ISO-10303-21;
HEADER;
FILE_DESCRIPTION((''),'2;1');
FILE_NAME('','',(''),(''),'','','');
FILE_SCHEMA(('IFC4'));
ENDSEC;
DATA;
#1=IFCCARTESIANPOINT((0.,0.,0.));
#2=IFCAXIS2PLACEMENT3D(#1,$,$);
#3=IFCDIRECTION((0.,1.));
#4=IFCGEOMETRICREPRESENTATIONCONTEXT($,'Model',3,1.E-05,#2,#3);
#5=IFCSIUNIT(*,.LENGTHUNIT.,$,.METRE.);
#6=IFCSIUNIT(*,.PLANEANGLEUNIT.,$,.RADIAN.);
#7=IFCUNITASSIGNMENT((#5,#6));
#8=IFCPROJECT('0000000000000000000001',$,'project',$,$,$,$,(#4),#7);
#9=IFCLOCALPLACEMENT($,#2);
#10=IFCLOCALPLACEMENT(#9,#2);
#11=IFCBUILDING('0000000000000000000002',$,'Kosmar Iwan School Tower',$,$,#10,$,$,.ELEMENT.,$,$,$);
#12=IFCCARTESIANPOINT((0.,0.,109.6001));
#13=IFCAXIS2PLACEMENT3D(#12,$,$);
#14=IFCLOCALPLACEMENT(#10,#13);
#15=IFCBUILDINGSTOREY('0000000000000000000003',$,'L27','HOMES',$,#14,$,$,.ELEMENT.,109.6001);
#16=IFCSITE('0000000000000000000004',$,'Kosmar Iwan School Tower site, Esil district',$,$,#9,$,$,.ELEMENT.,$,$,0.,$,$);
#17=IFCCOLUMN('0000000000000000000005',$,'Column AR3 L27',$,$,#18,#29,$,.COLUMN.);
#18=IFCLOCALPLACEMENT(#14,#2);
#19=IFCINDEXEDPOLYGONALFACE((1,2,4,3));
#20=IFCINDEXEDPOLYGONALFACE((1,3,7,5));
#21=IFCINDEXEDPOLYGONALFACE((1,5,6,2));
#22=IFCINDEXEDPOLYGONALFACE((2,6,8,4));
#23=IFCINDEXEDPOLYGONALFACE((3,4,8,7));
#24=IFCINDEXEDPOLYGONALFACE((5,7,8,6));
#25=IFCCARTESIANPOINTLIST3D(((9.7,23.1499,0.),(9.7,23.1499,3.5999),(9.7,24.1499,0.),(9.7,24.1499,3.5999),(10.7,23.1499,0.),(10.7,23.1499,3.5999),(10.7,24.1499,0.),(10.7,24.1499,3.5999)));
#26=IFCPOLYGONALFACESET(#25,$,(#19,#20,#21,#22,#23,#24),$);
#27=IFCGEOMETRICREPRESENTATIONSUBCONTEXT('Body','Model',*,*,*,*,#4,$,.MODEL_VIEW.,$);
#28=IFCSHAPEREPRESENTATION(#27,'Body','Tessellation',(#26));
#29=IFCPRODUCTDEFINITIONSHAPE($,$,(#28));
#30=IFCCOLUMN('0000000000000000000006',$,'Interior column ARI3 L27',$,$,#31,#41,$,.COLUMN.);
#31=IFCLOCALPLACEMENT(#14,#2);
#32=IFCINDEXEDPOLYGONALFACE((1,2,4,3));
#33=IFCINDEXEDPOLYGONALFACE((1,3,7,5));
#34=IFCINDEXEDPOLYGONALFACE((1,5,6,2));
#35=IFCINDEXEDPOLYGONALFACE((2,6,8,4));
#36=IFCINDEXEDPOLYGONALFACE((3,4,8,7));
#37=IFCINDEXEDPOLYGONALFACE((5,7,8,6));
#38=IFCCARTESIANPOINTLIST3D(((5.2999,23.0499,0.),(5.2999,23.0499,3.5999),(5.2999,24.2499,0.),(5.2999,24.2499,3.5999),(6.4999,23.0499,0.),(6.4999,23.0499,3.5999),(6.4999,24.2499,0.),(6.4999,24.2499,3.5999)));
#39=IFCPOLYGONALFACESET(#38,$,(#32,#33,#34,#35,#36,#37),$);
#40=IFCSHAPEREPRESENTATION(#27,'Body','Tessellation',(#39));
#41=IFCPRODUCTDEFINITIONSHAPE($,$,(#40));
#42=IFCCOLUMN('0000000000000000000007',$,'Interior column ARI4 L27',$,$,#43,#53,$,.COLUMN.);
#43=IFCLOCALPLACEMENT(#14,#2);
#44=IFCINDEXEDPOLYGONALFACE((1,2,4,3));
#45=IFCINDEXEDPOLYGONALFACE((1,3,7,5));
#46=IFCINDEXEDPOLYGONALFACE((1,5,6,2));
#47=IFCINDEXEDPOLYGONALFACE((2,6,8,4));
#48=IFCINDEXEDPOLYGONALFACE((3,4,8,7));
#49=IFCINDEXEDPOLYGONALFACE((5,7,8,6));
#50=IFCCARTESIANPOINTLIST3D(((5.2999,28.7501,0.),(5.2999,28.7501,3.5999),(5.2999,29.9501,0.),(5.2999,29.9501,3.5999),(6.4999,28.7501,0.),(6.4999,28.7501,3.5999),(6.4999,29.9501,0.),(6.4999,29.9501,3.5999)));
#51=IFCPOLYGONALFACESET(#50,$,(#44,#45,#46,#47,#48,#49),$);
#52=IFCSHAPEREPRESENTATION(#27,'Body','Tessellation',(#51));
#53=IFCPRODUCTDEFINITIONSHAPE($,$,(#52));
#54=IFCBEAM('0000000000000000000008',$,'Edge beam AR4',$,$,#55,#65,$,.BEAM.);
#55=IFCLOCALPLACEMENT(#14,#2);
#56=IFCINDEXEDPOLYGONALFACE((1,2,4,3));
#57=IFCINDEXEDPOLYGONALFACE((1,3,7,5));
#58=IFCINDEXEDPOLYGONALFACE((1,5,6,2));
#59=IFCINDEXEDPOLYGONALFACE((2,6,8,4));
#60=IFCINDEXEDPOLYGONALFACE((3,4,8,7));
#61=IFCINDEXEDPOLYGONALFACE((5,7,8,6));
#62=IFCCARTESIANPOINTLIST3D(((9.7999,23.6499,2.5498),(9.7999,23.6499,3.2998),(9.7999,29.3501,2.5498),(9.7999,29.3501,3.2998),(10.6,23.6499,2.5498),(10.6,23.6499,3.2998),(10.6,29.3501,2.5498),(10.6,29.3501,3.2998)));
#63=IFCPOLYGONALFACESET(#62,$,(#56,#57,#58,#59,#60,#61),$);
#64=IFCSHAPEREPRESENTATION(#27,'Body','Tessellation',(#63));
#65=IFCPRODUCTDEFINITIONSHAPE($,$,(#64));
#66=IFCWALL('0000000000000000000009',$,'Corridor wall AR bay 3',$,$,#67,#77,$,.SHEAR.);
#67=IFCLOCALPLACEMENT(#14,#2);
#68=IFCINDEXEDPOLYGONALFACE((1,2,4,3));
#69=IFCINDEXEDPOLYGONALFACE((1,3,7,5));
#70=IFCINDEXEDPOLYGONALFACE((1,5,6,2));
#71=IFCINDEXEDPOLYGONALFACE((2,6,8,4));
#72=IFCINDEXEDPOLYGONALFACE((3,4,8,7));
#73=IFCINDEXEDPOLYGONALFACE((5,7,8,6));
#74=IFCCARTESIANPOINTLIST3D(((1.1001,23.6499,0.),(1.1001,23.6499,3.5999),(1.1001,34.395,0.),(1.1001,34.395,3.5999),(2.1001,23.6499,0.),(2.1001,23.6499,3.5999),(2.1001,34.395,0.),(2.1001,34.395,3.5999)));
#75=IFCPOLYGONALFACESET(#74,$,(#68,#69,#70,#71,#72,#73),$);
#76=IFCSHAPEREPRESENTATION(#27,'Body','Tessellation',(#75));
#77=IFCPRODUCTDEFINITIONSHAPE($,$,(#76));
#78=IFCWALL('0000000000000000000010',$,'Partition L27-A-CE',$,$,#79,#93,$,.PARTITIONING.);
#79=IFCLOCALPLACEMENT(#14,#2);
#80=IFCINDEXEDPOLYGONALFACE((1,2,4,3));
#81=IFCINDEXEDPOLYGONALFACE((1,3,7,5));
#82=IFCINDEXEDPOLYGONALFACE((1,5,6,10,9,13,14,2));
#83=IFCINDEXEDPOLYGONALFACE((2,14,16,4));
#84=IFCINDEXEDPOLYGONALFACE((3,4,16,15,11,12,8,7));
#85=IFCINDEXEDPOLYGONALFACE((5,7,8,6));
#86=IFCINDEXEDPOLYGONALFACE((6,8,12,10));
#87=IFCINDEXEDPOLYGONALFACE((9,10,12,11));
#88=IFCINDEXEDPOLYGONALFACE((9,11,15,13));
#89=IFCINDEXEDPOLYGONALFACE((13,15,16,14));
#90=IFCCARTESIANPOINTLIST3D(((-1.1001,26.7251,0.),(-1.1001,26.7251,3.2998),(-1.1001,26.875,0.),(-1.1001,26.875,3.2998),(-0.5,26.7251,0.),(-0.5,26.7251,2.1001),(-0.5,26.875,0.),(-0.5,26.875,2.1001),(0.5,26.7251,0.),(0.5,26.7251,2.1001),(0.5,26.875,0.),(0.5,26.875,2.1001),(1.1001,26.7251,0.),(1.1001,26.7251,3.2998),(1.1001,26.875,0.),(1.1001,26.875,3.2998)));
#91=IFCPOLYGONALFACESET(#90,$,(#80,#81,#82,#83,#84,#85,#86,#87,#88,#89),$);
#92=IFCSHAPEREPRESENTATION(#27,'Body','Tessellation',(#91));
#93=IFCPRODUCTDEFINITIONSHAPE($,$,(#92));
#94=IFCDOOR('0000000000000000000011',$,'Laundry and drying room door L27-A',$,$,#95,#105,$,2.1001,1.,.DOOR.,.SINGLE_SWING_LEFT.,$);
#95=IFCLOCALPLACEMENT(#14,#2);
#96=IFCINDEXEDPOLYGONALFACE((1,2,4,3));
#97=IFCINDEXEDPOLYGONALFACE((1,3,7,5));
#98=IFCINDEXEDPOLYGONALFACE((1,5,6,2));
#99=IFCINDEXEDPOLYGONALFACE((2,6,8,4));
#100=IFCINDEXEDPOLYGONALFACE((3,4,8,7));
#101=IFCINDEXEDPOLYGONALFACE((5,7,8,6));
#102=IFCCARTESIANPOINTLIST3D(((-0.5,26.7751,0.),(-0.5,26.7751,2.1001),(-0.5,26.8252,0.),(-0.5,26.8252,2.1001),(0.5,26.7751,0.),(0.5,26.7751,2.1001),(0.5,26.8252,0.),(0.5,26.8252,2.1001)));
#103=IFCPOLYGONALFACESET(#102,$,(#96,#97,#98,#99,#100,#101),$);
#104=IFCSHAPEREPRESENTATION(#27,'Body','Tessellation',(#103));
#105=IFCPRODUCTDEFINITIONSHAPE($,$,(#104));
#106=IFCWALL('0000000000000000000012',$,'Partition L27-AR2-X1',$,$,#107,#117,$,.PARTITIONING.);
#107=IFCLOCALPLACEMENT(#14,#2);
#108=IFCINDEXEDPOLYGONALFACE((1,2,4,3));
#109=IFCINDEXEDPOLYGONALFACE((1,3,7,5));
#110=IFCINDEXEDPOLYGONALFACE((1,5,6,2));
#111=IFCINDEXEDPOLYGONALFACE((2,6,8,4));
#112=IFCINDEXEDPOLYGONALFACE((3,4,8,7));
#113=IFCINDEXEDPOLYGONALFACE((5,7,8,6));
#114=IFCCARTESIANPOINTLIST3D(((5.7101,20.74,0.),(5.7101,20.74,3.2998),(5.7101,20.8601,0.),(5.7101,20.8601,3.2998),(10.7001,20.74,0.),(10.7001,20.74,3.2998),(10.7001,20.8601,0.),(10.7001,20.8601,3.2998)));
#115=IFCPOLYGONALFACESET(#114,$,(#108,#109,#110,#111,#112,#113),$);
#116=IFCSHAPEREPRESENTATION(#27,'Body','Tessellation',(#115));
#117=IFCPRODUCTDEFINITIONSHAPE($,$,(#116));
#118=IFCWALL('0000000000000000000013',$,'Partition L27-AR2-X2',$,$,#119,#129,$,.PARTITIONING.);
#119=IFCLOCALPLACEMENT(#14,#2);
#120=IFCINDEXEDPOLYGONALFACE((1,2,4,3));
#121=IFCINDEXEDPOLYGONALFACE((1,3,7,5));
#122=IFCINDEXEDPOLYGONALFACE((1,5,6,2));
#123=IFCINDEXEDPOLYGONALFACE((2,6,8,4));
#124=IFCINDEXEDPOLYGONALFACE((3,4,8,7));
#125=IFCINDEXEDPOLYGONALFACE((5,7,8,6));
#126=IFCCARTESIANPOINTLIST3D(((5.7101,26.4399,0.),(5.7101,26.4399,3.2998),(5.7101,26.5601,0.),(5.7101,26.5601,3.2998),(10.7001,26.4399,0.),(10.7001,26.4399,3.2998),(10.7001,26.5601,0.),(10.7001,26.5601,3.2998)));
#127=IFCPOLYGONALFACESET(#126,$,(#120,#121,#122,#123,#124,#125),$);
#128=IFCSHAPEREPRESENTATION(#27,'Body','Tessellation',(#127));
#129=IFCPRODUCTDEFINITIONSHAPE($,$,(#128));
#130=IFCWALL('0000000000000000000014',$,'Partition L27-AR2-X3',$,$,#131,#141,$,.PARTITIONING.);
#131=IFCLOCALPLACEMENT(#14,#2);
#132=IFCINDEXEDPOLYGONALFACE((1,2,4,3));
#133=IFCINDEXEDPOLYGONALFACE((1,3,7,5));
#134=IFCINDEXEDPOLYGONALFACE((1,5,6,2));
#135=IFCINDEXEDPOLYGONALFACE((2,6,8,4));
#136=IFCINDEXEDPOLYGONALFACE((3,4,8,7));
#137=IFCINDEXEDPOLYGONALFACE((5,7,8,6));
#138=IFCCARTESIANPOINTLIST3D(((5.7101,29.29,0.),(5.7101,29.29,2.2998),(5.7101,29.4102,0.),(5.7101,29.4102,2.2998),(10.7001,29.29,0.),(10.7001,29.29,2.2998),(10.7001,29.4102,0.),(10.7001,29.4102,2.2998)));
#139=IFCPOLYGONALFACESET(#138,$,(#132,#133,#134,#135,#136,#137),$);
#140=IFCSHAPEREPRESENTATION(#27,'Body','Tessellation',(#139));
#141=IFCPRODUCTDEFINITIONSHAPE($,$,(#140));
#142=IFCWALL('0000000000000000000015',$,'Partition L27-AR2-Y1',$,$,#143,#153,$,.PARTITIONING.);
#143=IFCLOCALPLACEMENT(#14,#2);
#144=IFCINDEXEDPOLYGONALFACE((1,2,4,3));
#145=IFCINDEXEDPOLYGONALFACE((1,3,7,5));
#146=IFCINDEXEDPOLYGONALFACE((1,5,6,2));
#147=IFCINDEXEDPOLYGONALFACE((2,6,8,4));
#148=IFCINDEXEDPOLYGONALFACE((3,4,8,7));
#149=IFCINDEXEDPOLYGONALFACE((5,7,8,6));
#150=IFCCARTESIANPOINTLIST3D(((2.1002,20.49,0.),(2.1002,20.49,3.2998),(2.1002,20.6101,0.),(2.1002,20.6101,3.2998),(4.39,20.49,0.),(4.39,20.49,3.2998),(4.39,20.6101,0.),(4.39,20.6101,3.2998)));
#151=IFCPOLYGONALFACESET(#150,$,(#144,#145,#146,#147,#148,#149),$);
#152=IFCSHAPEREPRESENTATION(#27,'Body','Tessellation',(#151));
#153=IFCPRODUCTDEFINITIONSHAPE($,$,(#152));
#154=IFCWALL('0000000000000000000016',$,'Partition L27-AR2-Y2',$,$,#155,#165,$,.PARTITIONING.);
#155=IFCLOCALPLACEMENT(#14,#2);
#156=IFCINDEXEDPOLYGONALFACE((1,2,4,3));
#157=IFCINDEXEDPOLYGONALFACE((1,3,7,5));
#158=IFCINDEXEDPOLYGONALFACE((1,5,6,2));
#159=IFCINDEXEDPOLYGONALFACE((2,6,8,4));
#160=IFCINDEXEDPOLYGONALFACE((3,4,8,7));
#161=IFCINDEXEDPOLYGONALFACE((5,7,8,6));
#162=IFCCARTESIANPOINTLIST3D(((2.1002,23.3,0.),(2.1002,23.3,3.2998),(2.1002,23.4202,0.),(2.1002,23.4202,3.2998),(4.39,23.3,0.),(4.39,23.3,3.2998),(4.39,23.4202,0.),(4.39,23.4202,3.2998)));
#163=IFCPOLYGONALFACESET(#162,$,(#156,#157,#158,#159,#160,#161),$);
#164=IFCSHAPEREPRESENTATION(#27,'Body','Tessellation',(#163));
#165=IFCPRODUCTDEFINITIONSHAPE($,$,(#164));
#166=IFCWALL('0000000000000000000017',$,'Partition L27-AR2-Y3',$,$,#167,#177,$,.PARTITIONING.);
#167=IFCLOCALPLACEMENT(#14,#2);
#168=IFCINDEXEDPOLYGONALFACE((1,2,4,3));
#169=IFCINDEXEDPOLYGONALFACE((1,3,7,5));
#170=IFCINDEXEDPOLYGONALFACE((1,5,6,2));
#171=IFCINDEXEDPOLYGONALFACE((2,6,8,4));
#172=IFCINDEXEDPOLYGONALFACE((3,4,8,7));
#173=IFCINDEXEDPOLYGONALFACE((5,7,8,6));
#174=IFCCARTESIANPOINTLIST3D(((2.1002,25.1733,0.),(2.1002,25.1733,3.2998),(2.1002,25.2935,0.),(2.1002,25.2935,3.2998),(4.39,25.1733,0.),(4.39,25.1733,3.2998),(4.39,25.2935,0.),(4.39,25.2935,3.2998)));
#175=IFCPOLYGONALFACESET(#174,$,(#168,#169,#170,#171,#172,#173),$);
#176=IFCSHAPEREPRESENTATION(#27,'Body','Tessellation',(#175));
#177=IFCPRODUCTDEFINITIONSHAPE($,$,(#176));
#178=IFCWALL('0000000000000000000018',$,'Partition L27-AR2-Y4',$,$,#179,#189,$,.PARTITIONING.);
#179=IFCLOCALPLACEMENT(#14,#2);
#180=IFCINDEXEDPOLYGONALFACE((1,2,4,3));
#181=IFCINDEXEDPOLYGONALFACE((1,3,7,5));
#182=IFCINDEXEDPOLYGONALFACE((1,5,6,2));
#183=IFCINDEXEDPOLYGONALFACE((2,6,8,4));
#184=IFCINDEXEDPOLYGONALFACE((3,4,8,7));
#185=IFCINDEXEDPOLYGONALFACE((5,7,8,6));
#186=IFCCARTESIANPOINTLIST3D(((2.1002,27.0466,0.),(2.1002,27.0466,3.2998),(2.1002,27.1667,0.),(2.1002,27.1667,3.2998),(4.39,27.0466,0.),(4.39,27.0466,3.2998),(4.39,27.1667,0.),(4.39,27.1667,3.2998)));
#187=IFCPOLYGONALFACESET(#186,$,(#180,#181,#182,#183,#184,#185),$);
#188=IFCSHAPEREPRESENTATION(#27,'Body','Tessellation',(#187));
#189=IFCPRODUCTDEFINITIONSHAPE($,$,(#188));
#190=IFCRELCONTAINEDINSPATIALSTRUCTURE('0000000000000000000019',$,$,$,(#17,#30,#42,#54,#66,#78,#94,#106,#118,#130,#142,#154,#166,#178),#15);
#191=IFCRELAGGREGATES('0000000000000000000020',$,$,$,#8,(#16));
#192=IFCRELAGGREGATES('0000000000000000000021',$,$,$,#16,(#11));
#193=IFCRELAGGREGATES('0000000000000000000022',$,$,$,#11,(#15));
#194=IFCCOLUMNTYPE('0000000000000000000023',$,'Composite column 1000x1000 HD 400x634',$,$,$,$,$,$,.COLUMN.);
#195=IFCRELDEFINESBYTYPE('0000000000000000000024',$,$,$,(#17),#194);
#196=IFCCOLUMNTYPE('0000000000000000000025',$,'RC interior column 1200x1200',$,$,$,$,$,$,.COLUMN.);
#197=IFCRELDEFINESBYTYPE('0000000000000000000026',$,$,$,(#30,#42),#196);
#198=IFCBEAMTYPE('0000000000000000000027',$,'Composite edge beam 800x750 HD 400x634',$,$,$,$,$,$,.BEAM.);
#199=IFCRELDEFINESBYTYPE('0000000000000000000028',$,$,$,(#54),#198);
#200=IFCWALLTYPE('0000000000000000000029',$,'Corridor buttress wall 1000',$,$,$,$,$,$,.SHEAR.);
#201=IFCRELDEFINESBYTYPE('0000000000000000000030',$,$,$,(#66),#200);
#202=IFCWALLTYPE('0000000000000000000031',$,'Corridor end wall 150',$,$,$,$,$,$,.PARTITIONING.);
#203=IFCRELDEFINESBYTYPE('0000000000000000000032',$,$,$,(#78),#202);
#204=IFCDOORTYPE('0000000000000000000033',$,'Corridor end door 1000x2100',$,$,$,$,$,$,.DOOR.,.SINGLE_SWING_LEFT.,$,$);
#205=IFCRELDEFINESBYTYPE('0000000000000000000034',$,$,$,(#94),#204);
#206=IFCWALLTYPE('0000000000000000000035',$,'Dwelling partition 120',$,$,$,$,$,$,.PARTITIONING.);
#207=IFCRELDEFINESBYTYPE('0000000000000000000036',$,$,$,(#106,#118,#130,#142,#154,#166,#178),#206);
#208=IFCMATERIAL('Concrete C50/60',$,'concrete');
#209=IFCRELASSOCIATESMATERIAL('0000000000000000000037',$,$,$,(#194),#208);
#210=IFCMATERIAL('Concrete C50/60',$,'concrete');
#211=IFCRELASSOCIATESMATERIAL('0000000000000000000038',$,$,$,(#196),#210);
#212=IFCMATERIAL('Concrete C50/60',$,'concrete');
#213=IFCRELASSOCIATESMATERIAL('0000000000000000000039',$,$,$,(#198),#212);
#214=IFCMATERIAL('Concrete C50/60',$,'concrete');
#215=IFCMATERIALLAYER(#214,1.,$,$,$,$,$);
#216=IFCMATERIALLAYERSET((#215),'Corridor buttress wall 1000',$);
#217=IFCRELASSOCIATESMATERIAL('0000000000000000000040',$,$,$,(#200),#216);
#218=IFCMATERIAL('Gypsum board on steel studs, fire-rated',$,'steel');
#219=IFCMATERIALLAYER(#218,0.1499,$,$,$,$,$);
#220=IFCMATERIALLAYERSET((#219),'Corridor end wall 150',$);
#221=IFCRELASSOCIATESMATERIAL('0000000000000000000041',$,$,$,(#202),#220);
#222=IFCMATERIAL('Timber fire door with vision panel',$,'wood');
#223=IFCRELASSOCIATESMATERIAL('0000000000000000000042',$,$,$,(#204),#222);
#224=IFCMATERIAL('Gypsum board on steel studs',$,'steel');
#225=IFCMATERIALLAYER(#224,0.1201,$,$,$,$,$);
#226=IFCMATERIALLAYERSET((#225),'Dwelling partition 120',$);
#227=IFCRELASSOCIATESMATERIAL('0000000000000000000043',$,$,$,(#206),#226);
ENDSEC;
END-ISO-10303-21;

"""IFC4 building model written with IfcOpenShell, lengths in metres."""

from ifc_helpers import new_model, si_unit, direction, frame, frame_2d, origin, origin_2d, place, context, subcontext, project, spatial, rectangle, extrude, material, layer, layer_set, material_profile, profile_set, type_object, element, fill, save


model = new_model("IFC4")

# Units and contexts
model_context = context("Model", 3, precision=1e-05, world=origin(), true_north=direction((0.0, 1.0)))
body_context = subcontext(model_context, "Body", "Model", "MODEL_VIEW")
ifc_project = project(units=[si_unit("LENGTHUNIT", "METRE"), si_unit("PLANEANGLEUNIT", "RADIAN")], contexts=[model_context])

# Site, building, storey
site_placement = place(None, origin())
site = spatial("IfcSite", under=ifc_project, at=site_placement, Name="Kosmar Iwan School Tower site, Esil district", CompositionType="ELEMENT", RefElevation=0.0)
building_placement = place(site_placement, origin())
building = spatial("IfcBuilding", under=site, at=building_placement, Name="Kosmar Iwan School Tower", CompositionType="ELEMENT")
storey_placement = place(building_placement, frame((0.0, 0.0, 109.6001)))
storey = spatial("IfcBuildingStorey", under=building, at=storey_placement, Name="L27", Description="HOMES", CompositionType="ELEMENT", Elevation=109.6001)

# Columns
ifc_material_1 = material(Name="Concrete C50/60", Category="concrete")
ifc_material_profile_1 = material_profile(ifc_material_1, rectangle(XDim=1.0, YDim=1.0, at=origin_2d()), Name="RC 1000x1000 + HD 400x634")
ifc_profile_set_1 = profile_set([ifc_material_profile_1], Name="Concrete C50/60")
column_type_1 = type_object("IfcColumnType", Name="Composite column 1000x1000 HD 400x634", PredefinedType="COLUMN", material=ifc_profile_set_1)
column_placement = place(storey_placement, frame((10.2, 23.6499, 0.0), z_axis=(0.0, 0.0, 1.0), x_axis=(0.0, 1.0, 0.0)))
element("IfcColumn", 1, at=column_placement, inside=storey, type_object=column_type_1, Name="Column AR3 L27", PredefinedType="COLUMN", context=body_context, shape_type="SweptSolid", body=[
    extrude(rectangle(XDim=1.0, YDim=1.0, at=origin_2d()), origin(), (0.0, 0.0, 1.0), 3.5999),
])
ifc_material_2 = material(Name="Concrete C50/60", Category="concrete")
ifc_material_profile_2 = material_profile(ifc_material_2, rectangle(XDim=1.2, YDim=1.2, at=origin_2d()), Name="RC 1200x1200")
ifc_profile_set_2 = profile_set([ifc_material_profile_2], Name="Concrete C50/60")
column_type_2 = type_object("IfcColumnType", Name="RC interior column 1200x1200", PredefinedType="COLUMN", material=ifc_profile_set_2)
for number, where, z_axis, x_axis, name in (
    (2, (5.8999, 23.6499, 0.0), (0.0, 0.0, 1.0), (0.0, 1.0, 0.0), "Interior column ARI3 L27"),
    (3, (5.8999, 29.3501, 0.0), (0.0, 0.0, 1.0), (0.0, 1.0, 0.0), "Interior column ARI4 L27"),
):
    element("IfcColumn", number, at=place(storey_placement, frame(where, z_axis=z_axis, x_axis=x_axis)), inside=storey, type_object=column_type_2, Name=name, PredefinedType="COLUMN", context=body_context, shape_type="SweptSolid", body=[
        extrude(rectangle(XDim=1.2, YDim=1.2, at=origin_2d()), origin(), (0.0, 0.0, 1.0), 3.5999),
    ])

# Beam
ifc_material_3 = material(Name="Concrete C50/60", Category="concrete")
ifc_material_profile_3 = material_profile(ifc_material_3, rectangle(XDim=0.8, YDim=0.75, at=origin_2d()), Name="RC 800x750 + HD 400x634")
ifc_profile_set_3 = profile_set([ifc_material_profile_3], Name="Concrete C50/60")
beam_type = type_object("IfcBeamType", Name="Composite edge beam 800x750 HD 400x634", PredefinedType="BEAM", material=ifc_profile_set_3)
beam_placement = place(storey_placement, frame((10.2, 23.6499, 2.9248), z_axis=(0.0, 1.0, 0.0), x_axis=(-1.0, 0.0, 0.0)))
element("IfcBeam", 4, at=beam_placement, inside=storey, type_object=beam_type, Name="Edge beam AR4", PredefinedType="BEAM", context=body_context, shape_type="SweptSolid", body=[
    extrude(rectangle(XDim=0.8, YDim=0.75, at=origin_2d()), origin(), (0.0, 0.0, 1.0), 5.7002),
])

# Wall
ifc_material_4 = material(Name="Concrete C50/60", Category="concrete")
ifc_layer_1 = layer(ifc_material_4, 1.0)
ifc_layer_set_1 = layer_set([ifc_layer_1], Name="Corridor buttress wall 1000")
wall_type_1 = type_object("IfcWallType", Name="Corridor buttress wall 1000", PredefinedType="SHEAR", material=ifc_layer_set_1)
wall_1_placement = place(storey_placement, frame((1.6001, 23.6499, 0.0), z_axis=(0.0, 0.0, 1.0), x_axis=(0.0, 1.0, 0.0)))
element("IfcWall", 5, at=wall_1_placement, inside=storey, type_object=wall_type_1, Name="Corridor wall AR bay 3", PredefinedType="SHEAR", context=body_context, shape_type="SweptSolid", body=[
    extrude(rectangle(XDim=10.7451, YDim=1.0, at=frame_2d((5.3726, 0.0))), origin(), (0.0, 0.0, 1.0), 3.5999),
])

# Wall, opening, door
ifc_material_5 = material(Name="Gypsum board on steel studs, fire-rated", Category="steel")
ifc_layer_2 = layer(ifc_material_5, 0.1499)
ifc_layer_set_2 = layer_set([ifc_layer_2], Name="Corridor end wall 150")
wall_type_2 = type_object("IfcWallType", Name="Corridor end wall 150", PredefinedType="PARTITIONING", material=ifc_layer_set_2)
wall_2_placement = place(storey_placement, frame((1.1001, 26.8, 0.0), z_axis=(0.0, 0.0, 1.0), x_axis=(-1.0, 0.0, 0.0)))
wall_2 = element("IfcWall", 6, at=wall_2_placement, inside=storey, type_object=wall_type_2, Name="Partition L27-A-CE", PredefinedType="PARTITIONING", context=body_context, shape_type="SweptSolid", body=[
    extrude(rectangle(XDim=2.2002, YDim=0.1499, at=frame_2d((1.1001, 0.0))), origin(), (0.0, 0.0, 1.0), 3.2998),
])
opening_placement = place(wall_2_placement, frame((0.6001, 0.0, 0.0)))
opening = element("IfcOpeningElement", 7, at=opening_placement, cuts=wall_2, PredefinedType="OPENING", context=body_context, shape_type="SweptSolid", body=[
    extrude(rectangle(XDim=1.0, YDim=2.1001, at=frame_2d((0.5, 1.05))), frame((0.0, 0.0869, 0.0), z_axis=(0.0, -1.0, 0.0), x_axis=(1.0, 0.0, 0.0)), (0.0, 0.0, 1.0), 0.1738),
])
ifc_material_6 = material(Name="Timber fire door with vision panel", Category="wood")
door_type = type_object("IfcDoorType", Name="Corridor end door 1000x2100", OperationType="SINGLE_SWING_LEFT", PredefinedType="DOOR", material=ifc_material_6)
door_placement = place(opening_placement, origin())
door = element("IfcDoor", 8, at=door_placement, inside=storey, type_object=door_type, Name="Laundry and drying room door L27-A", OperationType="SINGLE_SWING_LEFT", OverallHeight=2.1001, OverallWidth=1.0, PredefinedType="DOOR", context=body_context, shape_type="SweptSolid", body=[
    extrude(rectangle(XDim=1.0, YDim=2.1001, at=frame_2d((0.5, 1.05))), frame((0.0, 0.0249, 0.0), z_axis=(0.0, -1.0, 0.0), x_axis=(1.0, 0.0, 0.0)), (0.0, 0.0, 1.0), 0.05),
])
fill(opening, door)

# Walls
ifc_material_7 = material(Name="Gypsum board on steel studs", Category="steel")
ifc_layer_3 = layer(ifc_material_7, 0.1201)
ifc_layer_set_3 = layer_set([ifc_layer_3], Name="Dwelling partition 120")
wall_type_3 = type_object("IfcWallType", Name="Dwelling partition 120", PredefinedType="PARTITIONING", material=ifc_layer_set_3)
for number, where, z_axis, x_axis, name in (
    (9, (5.71, 20.8, 0.0), (0.0, 0.0, 1.0), (1.0, 0.0, 0.0), "Partition L27-AR2-X1"),
    (10, (5.71, 26.5, 0.0), (0.0, 0.0, 1.0), (1.0, 0.0, 0.0), "Partition L27-AR2-X2"),
):
    element("IfcWall", number, at=place(storey_placement, frame(where, z_axis=z_axis, x_axis=x_axis)), inside=storey, type_object=wall_type_3, Name=name, PredefinedType="PARTITIONING", context=body_context, shape_type="SweptSolid", body=[
        extrude(rectangle(XDim=4.99, YDim=0.1201, at=frame_2d((2.4951, 0.0))), origin(), (0.0, 0.0, 1.0), 3.2998),
    ])
wall_3_placement = place(storey_placement, frame((5.71, 29.3501, 0.0), z_axis=(0.0, 0.0, 1.0), x_axis=(1.0, 0.0, 0.0)))
element("IfcWall", 11, at=wall_3_placement, inside=storey, type_object=wall_type_3, Name="Partition L27-AR2-X3", PredefinedType="PARTITIONING", context=body_context, shape_type="SweptSolid", body=[
    extrude(rectangle(XDim=4.99, YDim=0.1201, at=frame_2d((2.4951, 0.0))), origin(), (0.0, 0.0, 1.0), 2.2998),
])
for number, where, z_axis, x_axis, name in (
    (12, (2.1001, 20.55, 0.0), (0.0, 0.0, 1.0), (1.0, 0.0, 0.0), "Partition L27-AR2-Y1"),
    (13, (2.1001, 23.3601, 0.0), (0.0, 0.0, 1.0), (1.0, 0.0, 0.0), "Partition L27-AR2-Y2"),
    (14, (2.1001, 25.2334, 0.0), (0.0, 0.0, 1.0), (1.0, 0.0, 0.0), "Partition L27-AR2-Y3"),
    (15, (2.1001, 27.1067, 0.0), (0.0, 0.0, 1.0), (1.0, 0.0, 0.0), "Partition L27-AR2-Y4"),
):
    element("IfcWall", number, at=place(storey_placement, frame(where, z_axis=z_axis, x_axis=x_axis)), inside=storey, type_object=wall_type_3, Name=name, PredefinedType="PARTITIONING", context=body_context, shape_type="SweptSolid", body=[
        extrude(rectangle(XDim=2.2898, YDim=0.1201, at=frame_2d((1.145, 0.0))), origin(), (0.0, 0.0, 1.0), 3.2998),
    ])

save(model, "model.ifc")
